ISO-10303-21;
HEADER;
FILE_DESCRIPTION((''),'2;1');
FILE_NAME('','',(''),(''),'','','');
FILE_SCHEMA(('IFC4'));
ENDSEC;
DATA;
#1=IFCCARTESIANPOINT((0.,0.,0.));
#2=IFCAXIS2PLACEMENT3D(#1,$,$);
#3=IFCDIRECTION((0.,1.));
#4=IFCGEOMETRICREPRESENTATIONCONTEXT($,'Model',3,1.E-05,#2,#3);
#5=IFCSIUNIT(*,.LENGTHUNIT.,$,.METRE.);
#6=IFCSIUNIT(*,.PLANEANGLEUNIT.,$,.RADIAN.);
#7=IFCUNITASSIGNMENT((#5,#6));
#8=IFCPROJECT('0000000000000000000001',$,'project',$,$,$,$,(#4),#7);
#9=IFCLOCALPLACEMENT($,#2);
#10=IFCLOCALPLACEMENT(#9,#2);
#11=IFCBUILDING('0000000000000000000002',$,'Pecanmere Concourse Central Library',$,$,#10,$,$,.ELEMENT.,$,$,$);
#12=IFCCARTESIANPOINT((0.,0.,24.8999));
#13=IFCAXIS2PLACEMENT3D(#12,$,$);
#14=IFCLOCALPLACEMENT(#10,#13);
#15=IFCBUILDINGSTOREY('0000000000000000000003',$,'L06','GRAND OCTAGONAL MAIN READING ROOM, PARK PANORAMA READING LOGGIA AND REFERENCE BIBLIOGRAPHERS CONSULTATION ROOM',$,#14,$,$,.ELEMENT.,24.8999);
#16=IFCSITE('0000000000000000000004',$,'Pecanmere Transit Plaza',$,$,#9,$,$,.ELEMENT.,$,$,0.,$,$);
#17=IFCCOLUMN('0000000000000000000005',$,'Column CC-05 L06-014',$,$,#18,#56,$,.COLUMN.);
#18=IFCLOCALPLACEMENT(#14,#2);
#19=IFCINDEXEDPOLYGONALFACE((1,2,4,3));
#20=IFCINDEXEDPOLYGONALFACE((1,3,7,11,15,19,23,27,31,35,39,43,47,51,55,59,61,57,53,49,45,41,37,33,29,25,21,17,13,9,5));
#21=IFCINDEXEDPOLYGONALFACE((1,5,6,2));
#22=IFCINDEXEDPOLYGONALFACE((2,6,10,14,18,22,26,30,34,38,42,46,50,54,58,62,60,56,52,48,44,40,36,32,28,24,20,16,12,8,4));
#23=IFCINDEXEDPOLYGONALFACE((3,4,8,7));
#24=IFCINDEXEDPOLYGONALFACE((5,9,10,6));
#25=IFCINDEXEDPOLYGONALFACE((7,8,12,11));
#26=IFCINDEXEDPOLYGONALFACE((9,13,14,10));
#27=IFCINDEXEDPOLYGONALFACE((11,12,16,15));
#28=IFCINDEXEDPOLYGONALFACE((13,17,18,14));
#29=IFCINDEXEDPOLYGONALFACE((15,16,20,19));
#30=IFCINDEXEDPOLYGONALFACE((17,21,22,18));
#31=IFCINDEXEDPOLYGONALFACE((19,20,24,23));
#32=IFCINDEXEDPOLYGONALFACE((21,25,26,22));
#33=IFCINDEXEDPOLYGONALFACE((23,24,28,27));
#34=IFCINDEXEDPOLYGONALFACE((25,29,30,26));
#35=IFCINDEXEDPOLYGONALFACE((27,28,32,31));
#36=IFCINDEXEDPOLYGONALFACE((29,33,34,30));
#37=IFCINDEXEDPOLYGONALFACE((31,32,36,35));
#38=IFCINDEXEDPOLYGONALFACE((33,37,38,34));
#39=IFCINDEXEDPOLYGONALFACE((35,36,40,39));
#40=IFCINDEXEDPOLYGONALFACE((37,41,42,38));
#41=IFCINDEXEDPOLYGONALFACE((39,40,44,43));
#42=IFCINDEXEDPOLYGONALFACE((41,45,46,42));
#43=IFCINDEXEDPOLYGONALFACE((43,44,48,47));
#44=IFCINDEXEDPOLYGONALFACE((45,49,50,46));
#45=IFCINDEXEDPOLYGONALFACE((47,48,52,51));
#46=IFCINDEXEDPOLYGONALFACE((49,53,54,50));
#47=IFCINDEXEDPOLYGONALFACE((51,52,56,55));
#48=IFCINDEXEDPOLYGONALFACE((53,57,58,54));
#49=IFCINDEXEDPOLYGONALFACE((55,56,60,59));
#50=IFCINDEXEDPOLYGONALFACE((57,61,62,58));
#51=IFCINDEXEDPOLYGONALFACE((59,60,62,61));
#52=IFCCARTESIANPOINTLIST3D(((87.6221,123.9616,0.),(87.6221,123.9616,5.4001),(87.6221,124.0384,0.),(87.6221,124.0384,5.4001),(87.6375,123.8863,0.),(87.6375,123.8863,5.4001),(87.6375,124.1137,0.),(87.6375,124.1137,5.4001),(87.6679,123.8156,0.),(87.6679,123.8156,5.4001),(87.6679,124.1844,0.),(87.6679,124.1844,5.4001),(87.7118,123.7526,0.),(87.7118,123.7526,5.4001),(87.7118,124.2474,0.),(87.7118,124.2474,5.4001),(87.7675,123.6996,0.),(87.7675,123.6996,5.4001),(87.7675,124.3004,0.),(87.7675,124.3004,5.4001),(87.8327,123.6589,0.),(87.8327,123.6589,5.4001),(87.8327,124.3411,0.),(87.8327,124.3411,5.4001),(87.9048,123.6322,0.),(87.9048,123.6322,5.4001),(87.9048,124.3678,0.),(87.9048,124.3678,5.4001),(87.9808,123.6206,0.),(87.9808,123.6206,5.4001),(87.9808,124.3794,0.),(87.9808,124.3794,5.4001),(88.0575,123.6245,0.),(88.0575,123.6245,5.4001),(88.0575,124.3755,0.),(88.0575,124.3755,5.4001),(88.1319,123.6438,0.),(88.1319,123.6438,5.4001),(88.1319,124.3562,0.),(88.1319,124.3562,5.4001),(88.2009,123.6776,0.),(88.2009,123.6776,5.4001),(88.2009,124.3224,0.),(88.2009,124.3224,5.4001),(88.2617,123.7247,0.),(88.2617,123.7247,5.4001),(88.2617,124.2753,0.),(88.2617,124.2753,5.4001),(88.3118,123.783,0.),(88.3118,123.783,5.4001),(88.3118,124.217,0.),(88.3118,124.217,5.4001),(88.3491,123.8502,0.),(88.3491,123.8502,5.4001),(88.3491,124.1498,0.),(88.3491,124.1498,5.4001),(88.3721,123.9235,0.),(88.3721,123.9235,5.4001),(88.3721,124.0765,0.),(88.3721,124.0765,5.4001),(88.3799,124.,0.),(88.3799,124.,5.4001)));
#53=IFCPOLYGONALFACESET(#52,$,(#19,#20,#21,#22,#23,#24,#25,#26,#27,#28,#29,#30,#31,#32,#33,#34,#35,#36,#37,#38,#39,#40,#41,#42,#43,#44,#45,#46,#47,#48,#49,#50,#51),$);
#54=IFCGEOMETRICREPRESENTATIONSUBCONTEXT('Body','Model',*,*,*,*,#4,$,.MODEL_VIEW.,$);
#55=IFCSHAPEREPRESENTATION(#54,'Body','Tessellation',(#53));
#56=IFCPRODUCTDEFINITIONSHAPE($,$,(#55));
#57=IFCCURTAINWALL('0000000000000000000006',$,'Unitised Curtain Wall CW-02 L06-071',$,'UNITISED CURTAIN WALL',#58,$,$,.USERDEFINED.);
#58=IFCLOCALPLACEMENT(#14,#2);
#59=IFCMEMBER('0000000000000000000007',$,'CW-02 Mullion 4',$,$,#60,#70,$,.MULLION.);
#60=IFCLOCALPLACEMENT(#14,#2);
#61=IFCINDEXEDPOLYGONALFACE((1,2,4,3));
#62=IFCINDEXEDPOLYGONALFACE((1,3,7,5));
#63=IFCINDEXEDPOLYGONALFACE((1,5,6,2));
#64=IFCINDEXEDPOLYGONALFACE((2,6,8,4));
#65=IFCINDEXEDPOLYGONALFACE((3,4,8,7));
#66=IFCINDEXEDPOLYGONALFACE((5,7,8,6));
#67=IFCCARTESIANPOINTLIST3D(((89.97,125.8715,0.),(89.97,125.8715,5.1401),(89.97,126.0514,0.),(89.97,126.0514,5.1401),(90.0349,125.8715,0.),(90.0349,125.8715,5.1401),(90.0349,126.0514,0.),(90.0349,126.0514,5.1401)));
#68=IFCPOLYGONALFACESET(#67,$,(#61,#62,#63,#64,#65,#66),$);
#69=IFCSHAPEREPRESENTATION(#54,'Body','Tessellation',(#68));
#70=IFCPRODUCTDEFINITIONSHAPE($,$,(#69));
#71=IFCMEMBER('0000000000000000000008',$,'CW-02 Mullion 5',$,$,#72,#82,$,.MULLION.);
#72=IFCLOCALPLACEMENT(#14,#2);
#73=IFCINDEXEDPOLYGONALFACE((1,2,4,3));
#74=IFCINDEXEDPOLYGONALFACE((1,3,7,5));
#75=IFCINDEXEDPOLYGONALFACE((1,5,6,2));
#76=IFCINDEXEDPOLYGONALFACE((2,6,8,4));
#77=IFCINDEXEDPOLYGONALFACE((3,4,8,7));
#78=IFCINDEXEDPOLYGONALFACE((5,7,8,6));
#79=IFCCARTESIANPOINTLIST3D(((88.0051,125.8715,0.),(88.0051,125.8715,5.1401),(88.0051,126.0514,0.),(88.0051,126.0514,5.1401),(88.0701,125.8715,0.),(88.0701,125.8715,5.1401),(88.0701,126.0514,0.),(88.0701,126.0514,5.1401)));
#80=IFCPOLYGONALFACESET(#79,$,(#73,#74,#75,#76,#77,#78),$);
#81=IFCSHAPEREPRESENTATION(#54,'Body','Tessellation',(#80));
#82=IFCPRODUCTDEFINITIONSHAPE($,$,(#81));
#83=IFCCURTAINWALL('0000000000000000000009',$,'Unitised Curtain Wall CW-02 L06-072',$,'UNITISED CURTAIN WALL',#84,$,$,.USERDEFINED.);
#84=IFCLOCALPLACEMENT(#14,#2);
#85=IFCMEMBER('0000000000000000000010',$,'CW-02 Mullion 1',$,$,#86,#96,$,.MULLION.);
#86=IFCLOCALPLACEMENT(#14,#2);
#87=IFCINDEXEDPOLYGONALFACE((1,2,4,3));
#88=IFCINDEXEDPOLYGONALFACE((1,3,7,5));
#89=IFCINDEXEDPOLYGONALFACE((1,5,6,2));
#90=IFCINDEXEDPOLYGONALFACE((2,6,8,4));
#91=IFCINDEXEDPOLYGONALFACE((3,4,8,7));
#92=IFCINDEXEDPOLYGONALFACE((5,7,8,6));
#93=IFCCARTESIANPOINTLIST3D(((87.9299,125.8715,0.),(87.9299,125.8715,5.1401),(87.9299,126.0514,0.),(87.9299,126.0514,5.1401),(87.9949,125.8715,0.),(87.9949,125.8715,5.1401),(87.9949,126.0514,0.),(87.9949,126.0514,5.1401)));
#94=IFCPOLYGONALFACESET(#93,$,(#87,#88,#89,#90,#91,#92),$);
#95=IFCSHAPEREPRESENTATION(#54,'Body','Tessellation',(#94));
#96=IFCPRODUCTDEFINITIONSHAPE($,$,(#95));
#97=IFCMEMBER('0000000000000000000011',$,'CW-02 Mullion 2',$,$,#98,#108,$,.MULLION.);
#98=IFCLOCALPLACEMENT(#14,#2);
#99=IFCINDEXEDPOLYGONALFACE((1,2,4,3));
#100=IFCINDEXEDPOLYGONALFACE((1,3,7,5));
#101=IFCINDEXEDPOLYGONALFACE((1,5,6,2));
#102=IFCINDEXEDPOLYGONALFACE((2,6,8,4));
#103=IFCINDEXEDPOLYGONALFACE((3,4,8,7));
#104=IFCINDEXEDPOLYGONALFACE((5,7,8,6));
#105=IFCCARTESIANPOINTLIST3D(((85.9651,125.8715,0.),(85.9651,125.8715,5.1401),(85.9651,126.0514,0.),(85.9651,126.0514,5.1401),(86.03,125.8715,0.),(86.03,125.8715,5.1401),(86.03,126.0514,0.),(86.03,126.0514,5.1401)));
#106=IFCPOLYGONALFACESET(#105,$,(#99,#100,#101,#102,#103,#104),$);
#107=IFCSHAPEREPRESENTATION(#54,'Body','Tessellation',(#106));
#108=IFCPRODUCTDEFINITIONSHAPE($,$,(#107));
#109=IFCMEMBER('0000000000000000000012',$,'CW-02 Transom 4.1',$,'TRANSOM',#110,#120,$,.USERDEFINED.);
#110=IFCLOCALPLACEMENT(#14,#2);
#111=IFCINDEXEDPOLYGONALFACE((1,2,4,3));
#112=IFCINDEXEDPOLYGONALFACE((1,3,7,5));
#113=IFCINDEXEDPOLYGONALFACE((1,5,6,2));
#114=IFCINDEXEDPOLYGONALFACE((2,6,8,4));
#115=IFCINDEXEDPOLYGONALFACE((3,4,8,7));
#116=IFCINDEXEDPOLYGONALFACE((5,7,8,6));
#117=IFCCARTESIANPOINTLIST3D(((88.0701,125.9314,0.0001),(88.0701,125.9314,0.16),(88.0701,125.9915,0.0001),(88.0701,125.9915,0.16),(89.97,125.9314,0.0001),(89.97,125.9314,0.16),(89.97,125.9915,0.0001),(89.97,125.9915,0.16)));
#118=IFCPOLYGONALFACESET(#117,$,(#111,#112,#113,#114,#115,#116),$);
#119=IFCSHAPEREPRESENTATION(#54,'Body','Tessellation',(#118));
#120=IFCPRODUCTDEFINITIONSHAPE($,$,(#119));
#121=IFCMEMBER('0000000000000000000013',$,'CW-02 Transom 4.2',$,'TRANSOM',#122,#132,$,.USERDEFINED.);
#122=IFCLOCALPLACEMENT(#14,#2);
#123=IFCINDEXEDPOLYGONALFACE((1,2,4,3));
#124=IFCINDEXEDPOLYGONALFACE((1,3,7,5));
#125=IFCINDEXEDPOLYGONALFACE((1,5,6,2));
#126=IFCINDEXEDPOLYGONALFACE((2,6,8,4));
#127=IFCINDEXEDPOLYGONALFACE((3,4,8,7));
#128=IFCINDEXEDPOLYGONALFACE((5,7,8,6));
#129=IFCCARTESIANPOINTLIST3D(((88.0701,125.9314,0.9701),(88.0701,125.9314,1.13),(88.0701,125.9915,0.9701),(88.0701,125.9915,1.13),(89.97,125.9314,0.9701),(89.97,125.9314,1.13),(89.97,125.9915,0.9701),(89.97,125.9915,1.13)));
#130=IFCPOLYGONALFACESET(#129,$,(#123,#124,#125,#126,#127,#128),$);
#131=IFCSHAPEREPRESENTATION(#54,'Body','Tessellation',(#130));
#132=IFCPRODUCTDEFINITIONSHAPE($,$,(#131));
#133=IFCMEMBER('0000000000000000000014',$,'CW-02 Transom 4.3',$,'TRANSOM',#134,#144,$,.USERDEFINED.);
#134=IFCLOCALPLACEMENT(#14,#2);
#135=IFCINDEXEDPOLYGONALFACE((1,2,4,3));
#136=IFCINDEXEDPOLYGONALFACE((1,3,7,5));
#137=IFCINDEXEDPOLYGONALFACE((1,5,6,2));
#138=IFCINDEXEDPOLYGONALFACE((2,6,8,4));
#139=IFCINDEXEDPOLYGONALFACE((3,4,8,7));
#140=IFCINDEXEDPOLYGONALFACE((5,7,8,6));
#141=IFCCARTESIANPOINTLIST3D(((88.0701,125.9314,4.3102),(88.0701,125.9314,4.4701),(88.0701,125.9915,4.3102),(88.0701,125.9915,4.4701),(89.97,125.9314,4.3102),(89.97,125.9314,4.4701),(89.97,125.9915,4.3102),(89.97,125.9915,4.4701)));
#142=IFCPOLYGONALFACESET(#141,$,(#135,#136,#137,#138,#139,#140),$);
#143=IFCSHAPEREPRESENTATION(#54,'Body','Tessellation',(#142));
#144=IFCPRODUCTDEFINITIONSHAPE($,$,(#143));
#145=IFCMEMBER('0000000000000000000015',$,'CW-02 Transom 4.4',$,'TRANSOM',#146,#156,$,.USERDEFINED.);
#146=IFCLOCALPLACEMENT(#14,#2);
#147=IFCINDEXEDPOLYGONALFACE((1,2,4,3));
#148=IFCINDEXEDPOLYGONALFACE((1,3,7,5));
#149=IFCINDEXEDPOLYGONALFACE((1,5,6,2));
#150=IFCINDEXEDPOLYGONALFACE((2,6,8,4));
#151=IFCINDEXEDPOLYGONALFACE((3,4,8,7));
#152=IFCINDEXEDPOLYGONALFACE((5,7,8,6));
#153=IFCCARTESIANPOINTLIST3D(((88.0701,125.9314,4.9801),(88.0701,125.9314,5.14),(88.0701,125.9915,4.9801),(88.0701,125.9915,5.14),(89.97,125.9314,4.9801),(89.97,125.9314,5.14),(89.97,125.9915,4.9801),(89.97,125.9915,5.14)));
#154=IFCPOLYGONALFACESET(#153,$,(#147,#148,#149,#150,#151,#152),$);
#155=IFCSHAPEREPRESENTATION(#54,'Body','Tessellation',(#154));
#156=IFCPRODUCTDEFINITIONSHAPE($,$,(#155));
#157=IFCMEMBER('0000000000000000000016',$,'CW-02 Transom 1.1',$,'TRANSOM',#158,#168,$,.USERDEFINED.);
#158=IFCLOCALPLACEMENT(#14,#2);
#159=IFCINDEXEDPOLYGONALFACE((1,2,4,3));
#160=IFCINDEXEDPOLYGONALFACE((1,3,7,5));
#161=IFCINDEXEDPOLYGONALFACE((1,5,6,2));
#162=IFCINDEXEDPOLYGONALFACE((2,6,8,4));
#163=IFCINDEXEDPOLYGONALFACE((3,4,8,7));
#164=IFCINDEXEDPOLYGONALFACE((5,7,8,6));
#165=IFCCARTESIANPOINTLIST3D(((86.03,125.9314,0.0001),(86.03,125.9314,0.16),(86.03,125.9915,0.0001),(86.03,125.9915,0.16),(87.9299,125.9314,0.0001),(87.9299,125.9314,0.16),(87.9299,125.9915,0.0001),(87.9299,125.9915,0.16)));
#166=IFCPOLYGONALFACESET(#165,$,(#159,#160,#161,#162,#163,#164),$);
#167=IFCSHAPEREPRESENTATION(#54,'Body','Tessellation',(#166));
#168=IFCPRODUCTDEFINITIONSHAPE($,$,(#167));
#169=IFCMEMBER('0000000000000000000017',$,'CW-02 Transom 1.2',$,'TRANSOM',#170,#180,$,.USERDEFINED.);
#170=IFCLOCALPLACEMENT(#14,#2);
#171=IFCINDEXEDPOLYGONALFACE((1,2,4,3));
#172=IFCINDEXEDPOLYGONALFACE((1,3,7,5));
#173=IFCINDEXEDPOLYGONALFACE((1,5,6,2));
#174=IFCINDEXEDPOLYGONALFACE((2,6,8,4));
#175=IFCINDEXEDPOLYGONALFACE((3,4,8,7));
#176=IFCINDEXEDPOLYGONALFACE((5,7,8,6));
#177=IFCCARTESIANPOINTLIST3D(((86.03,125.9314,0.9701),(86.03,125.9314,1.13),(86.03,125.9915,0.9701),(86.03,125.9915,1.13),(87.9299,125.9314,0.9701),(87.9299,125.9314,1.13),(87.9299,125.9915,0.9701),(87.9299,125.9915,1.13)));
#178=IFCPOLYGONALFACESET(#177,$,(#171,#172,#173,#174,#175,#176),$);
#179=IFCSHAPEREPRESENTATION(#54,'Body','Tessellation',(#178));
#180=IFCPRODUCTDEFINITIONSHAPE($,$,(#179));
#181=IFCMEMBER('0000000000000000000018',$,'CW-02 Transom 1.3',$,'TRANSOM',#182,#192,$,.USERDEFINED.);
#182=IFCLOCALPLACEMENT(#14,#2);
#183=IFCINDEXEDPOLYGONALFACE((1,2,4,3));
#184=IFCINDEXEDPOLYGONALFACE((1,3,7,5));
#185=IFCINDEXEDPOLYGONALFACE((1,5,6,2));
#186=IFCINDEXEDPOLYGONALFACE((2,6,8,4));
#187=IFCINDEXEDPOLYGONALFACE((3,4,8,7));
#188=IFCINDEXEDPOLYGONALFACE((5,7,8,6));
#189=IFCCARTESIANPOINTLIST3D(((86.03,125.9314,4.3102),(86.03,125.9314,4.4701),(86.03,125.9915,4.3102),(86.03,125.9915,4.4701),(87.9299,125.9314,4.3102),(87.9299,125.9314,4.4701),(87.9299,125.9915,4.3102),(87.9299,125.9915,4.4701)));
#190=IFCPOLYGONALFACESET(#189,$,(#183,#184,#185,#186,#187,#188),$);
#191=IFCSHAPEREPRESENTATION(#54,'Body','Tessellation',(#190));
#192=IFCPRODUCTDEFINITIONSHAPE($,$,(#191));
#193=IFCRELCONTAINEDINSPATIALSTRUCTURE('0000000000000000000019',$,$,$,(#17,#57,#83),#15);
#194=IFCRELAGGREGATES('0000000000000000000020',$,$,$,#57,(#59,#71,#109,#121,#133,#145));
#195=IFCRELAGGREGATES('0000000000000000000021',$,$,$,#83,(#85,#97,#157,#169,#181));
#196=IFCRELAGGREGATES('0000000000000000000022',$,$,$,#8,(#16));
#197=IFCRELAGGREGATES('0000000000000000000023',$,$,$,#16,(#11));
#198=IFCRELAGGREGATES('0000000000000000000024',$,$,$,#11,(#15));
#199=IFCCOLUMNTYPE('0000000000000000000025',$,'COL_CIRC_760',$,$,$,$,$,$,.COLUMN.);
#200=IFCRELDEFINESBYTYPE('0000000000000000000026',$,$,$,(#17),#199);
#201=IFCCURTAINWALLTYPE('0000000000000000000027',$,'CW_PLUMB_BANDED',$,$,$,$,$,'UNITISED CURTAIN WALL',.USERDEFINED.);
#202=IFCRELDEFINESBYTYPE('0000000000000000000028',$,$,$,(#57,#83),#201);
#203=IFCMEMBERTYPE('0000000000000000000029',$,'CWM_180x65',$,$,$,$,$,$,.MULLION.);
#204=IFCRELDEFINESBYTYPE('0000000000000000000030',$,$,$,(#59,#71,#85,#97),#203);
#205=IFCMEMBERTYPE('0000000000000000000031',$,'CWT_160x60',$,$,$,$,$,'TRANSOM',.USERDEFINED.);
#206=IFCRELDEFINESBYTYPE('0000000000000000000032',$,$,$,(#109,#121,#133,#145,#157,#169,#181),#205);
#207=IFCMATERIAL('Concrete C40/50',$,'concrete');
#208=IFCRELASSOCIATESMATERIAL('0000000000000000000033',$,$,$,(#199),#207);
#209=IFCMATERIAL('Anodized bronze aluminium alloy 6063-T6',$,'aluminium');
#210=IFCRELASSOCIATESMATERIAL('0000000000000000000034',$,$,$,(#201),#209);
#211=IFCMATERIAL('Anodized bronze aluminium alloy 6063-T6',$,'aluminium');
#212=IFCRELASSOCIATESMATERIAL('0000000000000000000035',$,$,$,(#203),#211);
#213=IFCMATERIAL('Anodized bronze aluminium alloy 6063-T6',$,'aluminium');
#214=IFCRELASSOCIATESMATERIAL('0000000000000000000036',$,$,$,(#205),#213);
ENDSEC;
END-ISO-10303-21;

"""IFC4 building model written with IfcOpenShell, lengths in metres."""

from ifc_helpers import new_model, si_unit, direction, frame, origin, origin_2d, place, context, subcontext, project, spatial, rectangle, circle, extrude, material, material_profile, profile_set, type_object, element, aggregate, save


model = new_model("IFC4")

# Units and contexts
model_context = context("Model", 3, precision=1e-05, world=origin(), true_north=direction((0.0, 1.0)))
body_context = subcontext(model_context, "Body", "Model", "MODEL_VIEW")
ifc_project = project(units=[si_unit("LENGTHUNIT", "METRE"), si_unit("PLANEANGLEUNIT", "RADIAN")], contexts=[model_context])

# Site, building, storey
site_placement = place(None, origin())
site = spatial("IfcSite", under=ifc_project, at=site_placement, Name="Pecanmere Transit Plaza", CompositionType="ELEMENT", RefElevation=0.0)
building_placement = place(site_placement, origin())
building = spatial("IfcBuilding", under=site, at=building_placement, Name="Pecanmere Concourse Central Library", CompositionType="ELEMENT")
storey_placement = place(building_placement, frame((0.0, 0.0, 24.8999)))
storey = spatial("IfcBuildingStorey", under=building, at=storey_placement, Name="L06", Description="GRAND OCTAGONAL MAIN READING ROOM, PARK PANORAMA READING LOGGIA AND REFERENCE BIBLIOGRAPHERS CONSULTATION ROOM", CompositionType="ELEMENT", Elevation=24.8999)

# Column
ifc_material_1 = material(Name="Concrete C40/50", Category="concrete")
ifc_material_profile_1 = material_profile(ifc_material_1, circle(Radius=0.3799, at=origin_2d()), Name="RC D760")
ifc_profile_set_1 = profile_set([ifc_material_profile_1], Name="Concrete C40/50")
column_type = type_object("IfcColumnType", Name="COL_CIRC_760", PredefinedType="COLUMN", material=ifc_profile_set_1)
column_placement = place(storey_placement, frame((88.0, 124.0, 0.0), z_axis=(0.0, 0.0, 1.0), x_axis=(1.0, 0.0, 0.0)))
element("IfcColumn", 1, at=column_placement, inside=storey, type_object=column_type, Name="Column CC-05 L06-014", PredefinedType="COLUMN", context=body_context, shape_type="SweptSolid", body=[
    extrude(circle(Radius=0.3799, at=origin_2d()), origin(), (0.0, 0.0, 1.0), 5.4001),
])

# Curtain walls, members
ifc_material_2 = material(Name="Anodized bronze aluminium alloy 6063-T6", Category="aluminium")
curtain_wall_type = type_object("IfcCurtainWallType", Name="CW_PLUMB_BANDED", ElementType="UNITISED CURTAIN WALL", PredefinedType="USERDEFINED", material=ifc_material_2)
curtain_wall_1_placement = place(storey_placement, origin())
curtain_wall_1 = element("IfcCurtainWall", 2, at=curtain_wall_1_placement, inside=storey, type_object=curtain_wall_type, Name="Unitised Curtain Wall CW-02 L06-071", ObjectType="UNITISED CURTAIN WALL", PredefinedType="USERDEFINED")
ifc_material_3 = material(Name="Anodized bronze aluminium alloy 6063-T6", Category="aluminium")
ifc_material_profile_2 = material_profile(ifc_material_3, rectangle(XDim=0.0649, YDim=0.1799, at=origin_2d()), Name="AL 65x180")
ifc_profile_set_2 = profile_set([ifc_material_profile_2], Name="Anodized bronze aluminium alloy 6063-T6")
member_type_1 = type_object("IfcMemberType", Name="CWM_180x65", PredefinedType="MULLION", material=ifc_profile_set_2)
member_1_placement = place(storey_placement, frame((90.0024, 125.9614, 0.0), z_axis=(0.0, 0.0, 1.0), x_axis=(-1.0, 0.0, 0.0)))
member_1 = element("IfcMember", 3, at=member_1_placement, type_object=member_type_1, Name="CW-02 Mullion 4", PredefinedType="MULLION", context=body_context, shape_type="SweptSolid", body=[
    extrude(rectangle(XDim=0.0649, YDim=0.1799, at=origin_2d()), origin(), (0.0, 0.0, 1.0), 5.1401),
])
member_2_placement = place(storey_placement, frame((88.0376, 125.9614, 0.0), z_axis=(0.0, 0.0, 1.0), x_axis=(-1.0, 0.0, 0.0)))
member_2 = element("IfcMember", 4, at=member_2_placement, type_object=member_type_1, Name="CW-02 Mullion 5", PredefinedType="MULLION", context=body_context, shape_type="SweptSolid", body=[
    extrude(rectangle(XDim=0.0649, YDim=0.1799, at=origin_2d()), origin(), (0.0, 0.0, 1.0), 5.1401),
])
curtain_wall_2_placement = place(storey_placement, origin())
curtain_wall_2 = element("IfcCurtainWall", 5, at=curtain_wall_2_placement, inside=storey, type_object=curtain_wall_type, Name="Unitised Curtain Wall CW-02 L06-072", ObjectType="UNITISED CURTAIN WALL", PredefinedType="USERDEFINED")
member_3_placement = place(storey_placement, frame((87.9624, 125.9614, 0.0), z_axis=(0.0, 0.0, 1.0), x_axis=(-1.0, 0.0, 0.0)))
member_3 = element("IfcMember", 6, at=member_3_placement, type_object=member_type_1, Name="CW-02 Mullion 1", PredefinedType="MULLION", context=body_context, shape_type="SweptSolid", body=[
    extrude(rectangle(XDim=0.0649, YDim=0.1799, at=origin_2d()), origin(), (0.0, 0.0, 1.0), 5.1401),
])
member_4_placement = place(storey_placement, frame((85.9976, 125.9614, 0.0), z_axis=(0.0, 0.0, 1.0), x_axis=(-1.0, 0.0, 0.0)))
member_4 = element("IfcMember", 7, at=member_4_placement, type_object=member_type_1, Name="CW-02 Mullion 2", PredefinedType="MULLION", context=body_context, shape_type="SweptSolid", body=[
    extrude(rectangle(XDim=0.0649, YDim=0.1799, at=origin_2d()), origin(), (0.0, 0.0, 1.0), 5.1401),
])

# Members
ifc_material_4 = material(Name="Anodized bronze aluminium alloy 6063-T6", Category="aluminium")
ifc_material_profile_3 = material_profile(ifc_material_4, rectangle(XDim=0.0601, YDim=0.1599, at=origin_2d()), Name="AL 60x160")
ifc_profile_set_3 = profile_set([ifc_material_profile_3], Name="Anodized bronze aluminium alloy 6063-T6")
member_type_2 = type_object("IfcMemberType", Name="CWT_160x60", ElementType="TRANSOM", PredefinedType="USERDEFINED", material=ifc_profile_set_3)
member_5_placement = place(storey_placement, frame((89.97, 125.9614, 0.0801), z_axis=(-1.0, 0.0, 0.0), x_axis=(0.0, -1.0, 0.0)))
member_5 = element("IfcMember", 8, at=member_5_placement, type_object=member_type_2, Name="CW-02 Transom 4.1", ObjectType="TRANSOM", PredefinedType="USERDEFINED", context=body_context, shape_type="SweptSolid", body=[
    extrude(rectangle(XDim=0.0601, YDim=0.1599, at=origin_2d()), origin(), (0.0, 0.0, 1.0), 1.8999),
])
member_6_placement = place(storey_placement, frame((89.97, 125.9614, 1.05), z_axis=(-1.0, 0.0, 0.0), x_axis=(0.0, -1.0, 0.0)))
member_6 = element("IfcMember", 9, at=member_6_placement, type_object=member_type_2, Name="CW-02 Transom 4.2", ObjectType="TRANSOM", PredefinedType="USERDEFINED", context=body_context, shape_type="SweptSolid", body=[
    extrude(rectangle(XDim=0.0601, YDim=0.1599, at=origin_2d()), origin(), (0.0, 0.0, 1.0), 1.8999),
])
member_7_placement = place(storey_placement, frame((89.97, 125.9614, 4.3901), z_axis=(-1.0, 0.0, 0.0), x_axis=(0.0, -1.0, 0.0)))
member_7 = element("IfcMember", 10, at=member_7_placement, type_object=member_type_2, Name="CW-02 Transom 4.3", ObjectType="TRANSOM", PredefinedType="USERDEFINED", context=body_context, shape_type="SweptSolid", body=[
    extrude(rectangle(XDim=0.0601, YDim=0.1599, at=origin_2d()), origin(), (0.0, 0.0, 1.0), 1.8999),
])
member_8_placement = place(storey_placement, frame((89.97, 125.9614, 5.0601), z_axis=(-1.0, 0.0, 0.0), x_axis=(0.0, -1.0, 0.0)))
member_8 = element("IfcMember", 11, at=member_8_placement, type_object=member_type_2, Name="CW-02 Transom 4.4", ObjectType="TRANSOM", PredefinedType="USERDEFINED", context=body_context, shape_type="SweptSolid", body=[
    extrude(rectangle(XDim=0.0601, YDim=0.1599, at=origin_2d()), origin(), (0.0, 0.0, 1.0), 1.8999),
])
member_9_placement = place(storey_placement, frame((87.9299, 125.9614, 0.0801), z_axis=(-1.0, 0.0, 0.0), x_axis=(0.0, -1.0, 0.0)))
member_9 = element("IfcMember", 12, at=member_9_placement, type_object=member_type_2, Name="CW-02 Transom 1.1", ObjectType="TRANSOM", PredefinedType="USERDEFINED", context=body_context, shape_type="SweptSolid", body=[
    extrude(rectangle(XDim=0.0601, YDim=0.1599, at=origin_2d()), origin(), (0.0, 0.0, 1.0), 1.8999),
])
member_10_placement = place(storey_placement, frame((87.9299, 125.9614, 1.05), z_axis=(-1.0, 0.0, 0.0), x_axis=(0.0, -1.0, 0.0)))
member_10 = element("IfcMember", 13, at=member_10_placement, type_object=member_type_2, Name="CW-02 Transom 1.2", ObjectType="TRANSOM", PredefinedType="USERDEFINED", context=body_context, shape_type="SweptSolid", body=[
    extrude(rectangle(XDim=0.0601, YDim=0.1599, at=origin_2d()), origin(), (0.0, 0.0, 1.0), 1.8999),
])
member_11_placement = place(storey_placement, frame((87.9299, 125.9614, 4.3901), z_axis=(-1.0, 0.0, 0.0), x_axis=(0.0, -1.0, 0.0)))
member_11 = element("IfcMember", 14, at=member_11_placement, type_object=member_type_2, Name="CW-02 Transom 1.3", ObjectType="TRANSOM", PredefinedType="USERDEFINED", context=body_context, shape_type="SweptSolid", body=[
    extrude(rectangle(XDim=0.0601, YDim=0.1599, at=origin_2d()), origin(), (0.0, 0.0, 1.0), 1.8999),
])

aggregate(curtain_wall_1, [member_1, member_2, member_5, member_6, member_7, member_8])
aggregate(curtain_wall_2, [member_3, member_4, member_9, member_10, member_11])

save(model, "model.ifc")
